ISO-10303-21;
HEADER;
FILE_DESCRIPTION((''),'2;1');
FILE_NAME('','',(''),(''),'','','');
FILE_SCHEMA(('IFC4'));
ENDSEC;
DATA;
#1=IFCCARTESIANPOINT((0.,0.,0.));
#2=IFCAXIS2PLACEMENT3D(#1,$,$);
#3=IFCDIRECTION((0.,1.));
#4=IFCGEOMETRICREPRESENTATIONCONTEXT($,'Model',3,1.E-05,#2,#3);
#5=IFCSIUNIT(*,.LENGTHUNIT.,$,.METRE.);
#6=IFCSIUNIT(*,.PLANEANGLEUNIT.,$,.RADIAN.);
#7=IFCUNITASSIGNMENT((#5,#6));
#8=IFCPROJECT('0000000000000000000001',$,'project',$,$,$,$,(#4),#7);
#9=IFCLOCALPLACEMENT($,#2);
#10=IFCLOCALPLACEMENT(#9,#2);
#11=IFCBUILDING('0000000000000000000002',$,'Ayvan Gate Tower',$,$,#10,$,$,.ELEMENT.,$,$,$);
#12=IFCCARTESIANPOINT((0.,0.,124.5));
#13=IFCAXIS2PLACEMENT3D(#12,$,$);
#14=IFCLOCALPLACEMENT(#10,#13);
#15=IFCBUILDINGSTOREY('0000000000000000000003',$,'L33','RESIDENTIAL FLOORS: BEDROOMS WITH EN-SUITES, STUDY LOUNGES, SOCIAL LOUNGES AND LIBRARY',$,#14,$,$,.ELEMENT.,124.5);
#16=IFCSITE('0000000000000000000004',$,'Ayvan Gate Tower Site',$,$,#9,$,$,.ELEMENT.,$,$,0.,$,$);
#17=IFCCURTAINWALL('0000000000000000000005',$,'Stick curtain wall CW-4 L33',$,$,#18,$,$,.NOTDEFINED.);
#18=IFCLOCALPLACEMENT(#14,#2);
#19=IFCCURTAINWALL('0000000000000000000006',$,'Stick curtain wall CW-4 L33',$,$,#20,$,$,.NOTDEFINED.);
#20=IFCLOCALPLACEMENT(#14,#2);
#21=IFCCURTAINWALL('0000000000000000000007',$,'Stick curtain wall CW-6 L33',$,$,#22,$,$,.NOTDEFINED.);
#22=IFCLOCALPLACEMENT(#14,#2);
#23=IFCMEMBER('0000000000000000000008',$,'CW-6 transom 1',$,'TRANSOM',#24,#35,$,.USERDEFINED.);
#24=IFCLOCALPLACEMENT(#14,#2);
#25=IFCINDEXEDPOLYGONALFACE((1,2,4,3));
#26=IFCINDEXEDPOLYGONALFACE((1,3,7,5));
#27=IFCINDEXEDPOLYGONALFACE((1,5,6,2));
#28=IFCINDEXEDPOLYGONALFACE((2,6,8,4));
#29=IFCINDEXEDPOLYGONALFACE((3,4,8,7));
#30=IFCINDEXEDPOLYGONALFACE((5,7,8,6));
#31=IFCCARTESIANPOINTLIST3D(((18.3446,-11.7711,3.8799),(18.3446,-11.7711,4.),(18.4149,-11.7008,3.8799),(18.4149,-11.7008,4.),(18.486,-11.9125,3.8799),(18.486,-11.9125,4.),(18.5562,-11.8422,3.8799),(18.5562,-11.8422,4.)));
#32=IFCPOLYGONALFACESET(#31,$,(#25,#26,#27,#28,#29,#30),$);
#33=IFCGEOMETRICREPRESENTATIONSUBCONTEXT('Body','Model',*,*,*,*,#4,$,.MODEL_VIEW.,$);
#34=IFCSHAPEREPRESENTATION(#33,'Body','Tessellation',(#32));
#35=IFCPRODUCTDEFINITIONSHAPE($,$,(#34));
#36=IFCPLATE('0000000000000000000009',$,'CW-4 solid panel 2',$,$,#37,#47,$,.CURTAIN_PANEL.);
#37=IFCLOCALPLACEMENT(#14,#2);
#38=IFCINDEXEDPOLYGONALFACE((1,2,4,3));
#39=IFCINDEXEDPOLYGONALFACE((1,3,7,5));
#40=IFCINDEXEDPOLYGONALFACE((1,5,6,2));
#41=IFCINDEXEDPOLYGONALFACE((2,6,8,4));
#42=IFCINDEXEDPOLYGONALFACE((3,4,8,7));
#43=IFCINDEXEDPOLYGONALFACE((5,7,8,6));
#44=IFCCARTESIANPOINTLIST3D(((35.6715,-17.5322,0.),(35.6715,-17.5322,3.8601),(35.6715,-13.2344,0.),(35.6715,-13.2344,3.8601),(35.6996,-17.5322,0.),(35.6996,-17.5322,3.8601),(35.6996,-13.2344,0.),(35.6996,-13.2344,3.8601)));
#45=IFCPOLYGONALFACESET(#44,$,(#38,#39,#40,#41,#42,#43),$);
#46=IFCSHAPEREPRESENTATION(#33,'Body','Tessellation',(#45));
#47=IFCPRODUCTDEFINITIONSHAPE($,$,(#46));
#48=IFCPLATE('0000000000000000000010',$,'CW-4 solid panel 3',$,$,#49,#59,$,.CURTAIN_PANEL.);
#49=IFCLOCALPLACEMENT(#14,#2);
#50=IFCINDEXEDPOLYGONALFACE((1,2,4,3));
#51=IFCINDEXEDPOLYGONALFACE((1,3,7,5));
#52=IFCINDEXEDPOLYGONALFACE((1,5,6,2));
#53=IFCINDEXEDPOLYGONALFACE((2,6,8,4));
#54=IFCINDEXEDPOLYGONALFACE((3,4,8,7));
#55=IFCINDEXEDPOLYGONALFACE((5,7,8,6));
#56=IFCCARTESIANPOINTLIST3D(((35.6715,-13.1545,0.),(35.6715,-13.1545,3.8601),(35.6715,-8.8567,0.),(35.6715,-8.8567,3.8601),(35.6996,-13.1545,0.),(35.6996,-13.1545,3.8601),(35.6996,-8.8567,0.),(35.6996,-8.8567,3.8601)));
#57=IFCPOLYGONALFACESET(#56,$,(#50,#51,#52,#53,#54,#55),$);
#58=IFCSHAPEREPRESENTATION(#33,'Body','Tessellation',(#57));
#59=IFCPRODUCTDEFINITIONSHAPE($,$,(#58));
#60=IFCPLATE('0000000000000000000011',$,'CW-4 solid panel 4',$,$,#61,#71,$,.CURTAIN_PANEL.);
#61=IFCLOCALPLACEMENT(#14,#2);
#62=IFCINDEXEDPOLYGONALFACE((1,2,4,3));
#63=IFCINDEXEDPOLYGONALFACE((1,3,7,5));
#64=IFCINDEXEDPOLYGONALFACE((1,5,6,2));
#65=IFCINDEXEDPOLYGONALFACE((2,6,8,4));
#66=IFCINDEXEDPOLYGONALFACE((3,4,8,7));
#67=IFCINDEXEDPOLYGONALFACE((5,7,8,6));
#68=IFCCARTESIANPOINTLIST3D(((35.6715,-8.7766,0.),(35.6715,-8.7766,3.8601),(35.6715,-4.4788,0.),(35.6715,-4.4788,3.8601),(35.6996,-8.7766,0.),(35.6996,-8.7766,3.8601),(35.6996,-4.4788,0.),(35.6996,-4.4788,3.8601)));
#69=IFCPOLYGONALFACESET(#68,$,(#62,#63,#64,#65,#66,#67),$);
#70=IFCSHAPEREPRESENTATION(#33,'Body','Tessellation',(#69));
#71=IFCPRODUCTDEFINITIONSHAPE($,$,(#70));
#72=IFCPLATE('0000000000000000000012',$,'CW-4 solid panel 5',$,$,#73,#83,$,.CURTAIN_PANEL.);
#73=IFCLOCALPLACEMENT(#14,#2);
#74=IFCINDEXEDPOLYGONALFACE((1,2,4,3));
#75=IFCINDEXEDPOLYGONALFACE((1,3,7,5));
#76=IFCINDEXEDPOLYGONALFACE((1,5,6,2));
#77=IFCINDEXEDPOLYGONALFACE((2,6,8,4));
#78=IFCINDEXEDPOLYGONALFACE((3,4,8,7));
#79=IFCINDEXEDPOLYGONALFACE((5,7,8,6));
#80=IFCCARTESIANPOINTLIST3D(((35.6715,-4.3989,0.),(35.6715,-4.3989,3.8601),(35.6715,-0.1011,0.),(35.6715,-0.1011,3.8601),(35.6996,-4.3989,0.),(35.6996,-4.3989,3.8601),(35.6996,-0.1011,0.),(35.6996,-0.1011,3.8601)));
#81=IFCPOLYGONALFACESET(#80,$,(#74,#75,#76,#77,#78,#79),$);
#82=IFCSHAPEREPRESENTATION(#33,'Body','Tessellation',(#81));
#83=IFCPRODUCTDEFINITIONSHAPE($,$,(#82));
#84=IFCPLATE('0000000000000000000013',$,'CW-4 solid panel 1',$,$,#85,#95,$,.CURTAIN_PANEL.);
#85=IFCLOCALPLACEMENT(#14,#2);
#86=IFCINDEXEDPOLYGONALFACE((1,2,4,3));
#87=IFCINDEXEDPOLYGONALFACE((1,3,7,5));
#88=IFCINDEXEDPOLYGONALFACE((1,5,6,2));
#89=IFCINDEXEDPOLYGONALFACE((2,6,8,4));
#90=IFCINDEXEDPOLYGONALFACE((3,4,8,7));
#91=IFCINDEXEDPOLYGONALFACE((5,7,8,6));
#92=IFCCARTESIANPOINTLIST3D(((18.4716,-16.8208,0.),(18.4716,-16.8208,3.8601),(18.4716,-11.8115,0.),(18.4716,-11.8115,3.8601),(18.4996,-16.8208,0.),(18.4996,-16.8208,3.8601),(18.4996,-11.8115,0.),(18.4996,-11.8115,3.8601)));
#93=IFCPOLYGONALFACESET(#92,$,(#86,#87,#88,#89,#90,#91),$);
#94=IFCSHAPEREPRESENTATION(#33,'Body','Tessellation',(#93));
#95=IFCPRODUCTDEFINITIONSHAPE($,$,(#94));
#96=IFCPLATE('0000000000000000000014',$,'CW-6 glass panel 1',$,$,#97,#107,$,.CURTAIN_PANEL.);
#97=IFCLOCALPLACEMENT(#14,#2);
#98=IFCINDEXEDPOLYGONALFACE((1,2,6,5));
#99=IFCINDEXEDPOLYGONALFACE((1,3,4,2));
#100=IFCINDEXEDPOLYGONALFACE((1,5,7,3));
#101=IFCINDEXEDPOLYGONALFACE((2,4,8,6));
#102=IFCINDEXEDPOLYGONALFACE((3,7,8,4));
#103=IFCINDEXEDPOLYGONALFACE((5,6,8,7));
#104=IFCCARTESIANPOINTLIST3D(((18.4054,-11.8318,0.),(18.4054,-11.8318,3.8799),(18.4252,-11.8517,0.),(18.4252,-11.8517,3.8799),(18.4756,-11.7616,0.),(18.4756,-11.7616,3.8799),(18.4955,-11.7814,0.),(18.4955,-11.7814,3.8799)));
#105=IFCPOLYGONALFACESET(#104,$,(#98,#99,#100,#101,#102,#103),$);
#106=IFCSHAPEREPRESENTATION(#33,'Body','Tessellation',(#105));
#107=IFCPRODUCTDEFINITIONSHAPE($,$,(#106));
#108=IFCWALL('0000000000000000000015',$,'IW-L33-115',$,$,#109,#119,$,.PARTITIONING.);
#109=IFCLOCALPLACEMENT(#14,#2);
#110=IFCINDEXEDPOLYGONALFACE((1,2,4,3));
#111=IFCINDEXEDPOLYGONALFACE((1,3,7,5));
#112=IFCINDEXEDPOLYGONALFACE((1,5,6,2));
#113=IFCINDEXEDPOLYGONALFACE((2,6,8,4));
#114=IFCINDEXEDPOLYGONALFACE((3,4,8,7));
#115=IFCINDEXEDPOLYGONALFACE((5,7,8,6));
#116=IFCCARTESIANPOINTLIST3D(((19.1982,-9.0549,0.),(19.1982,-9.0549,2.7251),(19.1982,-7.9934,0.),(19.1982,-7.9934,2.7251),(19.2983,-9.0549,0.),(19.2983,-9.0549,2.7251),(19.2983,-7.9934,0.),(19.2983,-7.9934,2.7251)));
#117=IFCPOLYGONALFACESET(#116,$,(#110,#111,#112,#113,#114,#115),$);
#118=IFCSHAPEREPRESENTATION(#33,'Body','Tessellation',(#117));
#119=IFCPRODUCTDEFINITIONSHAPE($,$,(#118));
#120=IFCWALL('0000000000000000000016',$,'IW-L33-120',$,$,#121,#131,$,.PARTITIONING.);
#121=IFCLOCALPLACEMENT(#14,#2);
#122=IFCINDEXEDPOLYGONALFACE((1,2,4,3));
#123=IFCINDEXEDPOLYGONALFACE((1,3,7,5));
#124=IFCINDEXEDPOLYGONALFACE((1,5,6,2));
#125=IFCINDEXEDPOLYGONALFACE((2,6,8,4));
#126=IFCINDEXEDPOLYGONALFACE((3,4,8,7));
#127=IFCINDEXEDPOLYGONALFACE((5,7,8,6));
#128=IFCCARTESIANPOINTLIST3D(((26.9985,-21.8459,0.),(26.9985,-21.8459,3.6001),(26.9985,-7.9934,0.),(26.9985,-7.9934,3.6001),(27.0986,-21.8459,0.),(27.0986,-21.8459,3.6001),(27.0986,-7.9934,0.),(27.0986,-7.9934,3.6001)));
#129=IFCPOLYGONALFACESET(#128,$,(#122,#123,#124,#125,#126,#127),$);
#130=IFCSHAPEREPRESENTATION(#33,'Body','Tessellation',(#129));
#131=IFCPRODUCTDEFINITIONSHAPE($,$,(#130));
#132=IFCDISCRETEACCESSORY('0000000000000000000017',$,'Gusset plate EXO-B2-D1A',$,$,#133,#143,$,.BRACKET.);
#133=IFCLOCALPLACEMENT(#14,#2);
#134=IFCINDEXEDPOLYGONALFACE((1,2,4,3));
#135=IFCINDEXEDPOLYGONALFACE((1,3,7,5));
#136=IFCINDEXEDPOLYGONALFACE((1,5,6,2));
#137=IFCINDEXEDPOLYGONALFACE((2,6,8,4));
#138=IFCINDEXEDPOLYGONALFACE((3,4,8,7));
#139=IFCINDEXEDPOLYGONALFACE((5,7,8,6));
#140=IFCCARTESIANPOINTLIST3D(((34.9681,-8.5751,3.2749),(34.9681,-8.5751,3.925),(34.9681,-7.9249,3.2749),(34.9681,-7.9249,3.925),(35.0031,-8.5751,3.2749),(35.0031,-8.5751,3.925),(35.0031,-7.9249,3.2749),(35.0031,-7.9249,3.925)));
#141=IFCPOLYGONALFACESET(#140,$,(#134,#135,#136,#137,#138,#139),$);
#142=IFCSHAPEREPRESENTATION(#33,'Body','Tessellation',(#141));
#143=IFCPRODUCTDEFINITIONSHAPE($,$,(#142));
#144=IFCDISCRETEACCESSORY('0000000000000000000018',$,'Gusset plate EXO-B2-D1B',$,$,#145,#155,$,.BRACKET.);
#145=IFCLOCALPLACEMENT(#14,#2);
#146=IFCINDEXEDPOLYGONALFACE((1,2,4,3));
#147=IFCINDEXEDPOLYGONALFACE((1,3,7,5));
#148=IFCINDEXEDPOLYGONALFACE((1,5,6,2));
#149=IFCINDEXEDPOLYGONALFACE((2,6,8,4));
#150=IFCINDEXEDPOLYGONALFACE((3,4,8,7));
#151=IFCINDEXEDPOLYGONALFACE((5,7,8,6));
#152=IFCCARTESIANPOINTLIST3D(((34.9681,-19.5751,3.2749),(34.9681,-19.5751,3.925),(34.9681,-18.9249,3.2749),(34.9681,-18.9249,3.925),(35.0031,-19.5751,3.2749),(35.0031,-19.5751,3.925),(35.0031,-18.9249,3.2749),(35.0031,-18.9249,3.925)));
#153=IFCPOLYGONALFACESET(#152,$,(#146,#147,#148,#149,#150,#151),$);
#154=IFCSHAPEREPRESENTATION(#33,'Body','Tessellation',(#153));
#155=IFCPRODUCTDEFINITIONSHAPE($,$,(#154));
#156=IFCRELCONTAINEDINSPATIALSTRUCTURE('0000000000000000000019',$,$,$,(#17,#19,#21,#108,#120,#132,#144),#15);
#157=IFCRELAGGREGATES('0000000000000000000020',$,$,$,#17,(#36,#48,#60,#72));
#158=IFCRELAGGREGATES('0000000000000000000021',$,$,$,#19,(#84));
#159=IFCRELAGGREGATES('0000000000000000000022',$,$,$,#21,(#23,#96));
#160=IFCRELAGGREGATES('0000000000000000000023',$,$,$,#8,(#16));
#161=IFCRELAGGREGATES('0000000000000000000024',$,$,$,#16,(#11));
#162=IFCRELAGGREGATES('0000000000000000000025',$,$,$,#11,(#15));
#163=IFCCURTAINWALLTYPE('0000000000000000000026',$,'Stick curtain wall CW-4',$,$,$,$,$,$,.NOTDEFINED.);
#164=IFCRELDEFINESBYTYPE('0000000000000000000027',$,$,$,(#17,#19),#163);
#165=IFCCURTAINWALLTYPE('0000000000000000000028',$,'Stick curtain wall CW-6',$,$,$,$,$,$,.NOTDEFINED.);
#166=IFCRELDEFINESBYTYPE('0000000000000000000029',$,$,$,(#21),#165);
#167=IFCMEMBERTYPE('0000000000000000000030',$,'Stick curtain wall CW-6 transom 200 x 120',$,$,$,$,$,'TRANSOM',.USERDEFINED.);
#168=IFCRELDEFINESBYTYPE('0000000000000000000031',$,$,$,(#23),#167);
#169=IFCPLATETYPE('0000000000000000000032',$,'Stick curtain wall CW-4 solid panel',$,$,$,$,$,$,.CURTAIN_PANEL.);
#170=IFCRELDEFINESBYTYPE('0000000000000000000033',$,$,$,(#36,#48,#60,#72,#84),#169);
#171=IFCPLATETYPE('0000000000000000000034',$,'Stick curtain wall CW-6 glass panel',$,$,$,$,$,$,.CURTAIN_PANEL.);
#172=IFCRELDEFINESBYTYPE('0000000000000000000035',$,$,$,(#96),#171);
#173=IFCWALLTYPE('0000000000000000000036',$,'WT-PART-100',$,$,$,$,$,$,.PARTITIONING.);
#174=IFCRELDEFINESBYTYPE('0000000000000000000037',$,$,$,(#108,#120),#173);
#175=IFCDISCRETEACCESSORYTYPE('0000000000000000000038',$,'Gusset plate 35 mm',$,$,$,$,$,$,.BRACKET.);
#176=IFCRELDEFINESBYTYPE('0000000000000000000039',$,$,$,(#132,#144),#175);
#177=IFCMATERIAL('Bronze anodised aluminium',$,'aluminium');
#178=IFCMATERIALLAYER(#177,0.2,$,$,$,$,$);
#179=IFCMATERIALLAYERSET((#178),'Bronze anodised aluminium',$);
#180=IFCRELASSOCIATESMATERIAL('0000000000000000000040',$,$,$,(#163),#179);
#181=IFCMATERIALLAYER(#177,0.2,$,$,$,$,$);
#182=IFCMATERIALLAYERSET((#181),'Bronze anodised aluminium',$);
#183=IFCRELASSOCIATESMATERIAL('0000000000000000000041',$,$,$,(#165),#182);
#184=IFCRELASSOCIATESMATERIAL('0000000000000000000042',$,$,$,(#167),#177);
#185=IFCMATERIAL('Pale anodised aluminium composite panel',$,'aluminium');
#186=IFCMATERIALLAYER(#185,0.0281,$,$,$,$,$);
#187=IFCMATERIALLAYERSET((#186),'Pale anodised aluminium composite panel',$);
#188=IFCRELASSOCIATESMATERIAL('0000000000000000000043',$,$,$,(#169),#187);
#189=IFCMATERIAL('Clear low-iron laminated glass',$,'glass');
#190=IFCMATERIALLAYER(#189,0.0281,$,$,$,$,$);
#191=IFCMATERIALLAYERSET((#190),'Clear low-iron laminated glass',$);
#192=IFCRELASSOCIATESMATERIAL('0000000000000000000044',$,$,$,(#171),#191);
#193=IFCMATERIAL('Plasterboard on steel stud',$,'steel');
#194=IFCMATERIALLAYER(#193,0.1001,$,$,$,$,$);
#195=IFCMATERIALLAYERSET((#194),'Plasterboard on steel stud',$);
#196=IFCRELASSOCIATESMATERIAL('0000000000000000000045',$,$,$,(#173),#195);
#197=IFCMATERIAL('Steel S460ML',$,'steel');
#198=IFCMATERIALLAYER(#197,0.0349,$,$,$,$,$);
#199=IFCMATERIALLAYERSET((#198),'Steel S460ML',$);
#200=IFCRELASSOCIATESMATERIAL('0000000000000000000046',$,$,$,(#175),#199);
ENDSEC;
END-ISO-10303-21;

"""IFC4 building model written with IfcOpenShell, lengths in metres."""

from ifc_helpers import new_model, si_unit, direction, frame, frame_2d, origin, origin_2d, place, context, subcontext, project, spatial, rectangle, extrude, material, layer, layer_set, material_profile, profile_set, type_object, element, aggregate, save


model = new_model("IFC4")

# Units and contexts
model_context = context("Model", 3, precision=1e-05, world=origin(), true_north=direction((0.0, 1.0)))
body_context = subcontext(model_context, "Body", "Model", "MODEL_VIEW")
ifc_project = project(units=[si_unit("LENGTHUNIT", "METRE"), si_unit("PLANEANGLEUNIT", "RADIAN")], contexts=[model_context])

# Site, building, storey
site_placement = place(None, origin())
site = spatial("IfcSite", under=ifc_project, at=site_placement, Name="Ayvan Gate Tower Site", CompositionType="ELEMENT", RefElevation=0.0)
building_placement = place(site_placement, origin())
building = spatial("IfcBuilding", under=site, at=building_placement, Name="Ayvan Gate Tower", CompositionType="ELEMENT")
storey_placement = place(building_placement, frame((0.0, 0.0, 124.5)))
storey = spatial("IfcBuildingStorey", under=building, at=storey_placement, Name="L33", Description="RESIDENTIAL FLOORS: BEDROOMS WITH EN-SUITES, STUDY LOUNGES, SOCIAL LOUNGES AND LIBRARY", CompositionType="ELEMENT", Elevation=124.5)

# Curtain walls
ifc_material_1 = material(Name="Bronze anodised aluminium", Category="aluminium")
ifc_layer_1 = layer(ifc_material_1, 0.2)
ifc_layer_set_1 = layer_set([ifc_layer_1], Name="Bronze anodised aluminium")
curtain_wall_type_1 = type_object("IfcCurtainWallType", Name="Stick curtain wall CW-4", PredefinedType="NOTDEFINED", material=ifc_layer_set_1)
curtain_wall_1_placement = place(storey_placement, origin())
curtain_wall_1 = element("IfcCurtainWall", 1, at=curtain_wall_1_placement, inside=storey, type_object=curtain_wall_type_1, Name="Stick curtain wall CW-4 L33", PredefinedType="NOTDEFINED")
curtain_wall_2_placement = place(storey_placement, origin())
curtain_wall_2 = element("IfcCurtainWall", 2, at=curtain_wall_2_placement, inside=storey, type_object=curtain_wall_type_1, Name="Stick curtain wall CW-4 L33", PredefinedType="NOTDEFINED")

# Curtain wall, member
ifc_layer_2 = layer(ifc_material_1, 0.2)
ifc_layer_set_2 = layer_set([ifc_layer_2], Name="Bronze anodised aluminium")
curtain_wall_type_2 = type_object("IfcCurtainWallType", Name="Stick curtain wall CW-6", PredefinedType="NOTDEFINED", material=ifc_layer_set_2)
curtain_wall_3_placement = place(storey_placement, origin())
curtain_wall_3 = element("IfcCurtainWall", 3, at=curtain_wall_3_placement, inside=storey, type_object=curtain_wall_type_2, Name="Stick curtain wall CW-6 L33", PredefinedType="NOTDEFINED")
ifc_material_profile_1 = material_profile(ifc_material_1, rectangle(XDim=0.2, YDim=0.1201, at=origin_2d()), Name="Stick curtain wall CW-6 transom 200 x 120")
ifc_profile_set_1 = profile_set([ifc_material_profile_1], Name="Bronze anodised aluminium")
member_type_1 = type_object("IfcMemberType", Name="Stick curtain wall CW-6 transom 200 x 120", ElementType="TRANSOM", PredefinedType="USERDEFINED", material=ifc_profile_set_1)
member_1_placement = place(storey_placement, frame((18.4153, -11.8418, 3.9399), z_axis=(0.707107, 0.707107, 0.0), x_axis=(-0.707107, 0.707107, 0.0)))
member_1 = element("IfcMember", 4, at=member_1_placement, type_object=member_type_1, Name="CW-6 transom 1", ObjectType="TRANSOM", PredefinedType="USERDEFINED", context=body_context, shape_type="SweptSolid", body=[
    extrude(rectangle(XDim=0.2, YDim=0.1201, at=origin_2d()), origin(), (0.0, 0.0, 1.0), 0.0994),
])

# Plates
ifc_material_2 = material(Name="Pale anodised aluminium composite panel", Category="aluminium")
ifc_layer_3 = layer(ifc_material_2, 0.0281)
ifc_layer_set_3 = layer_set([ifc_layer_3], Name="Pale anodised aluminium composite panel")
plate_type_1 = type_object("IfcPlateType", Name="Stick curtain wall CW-4 solid panel", PredefinedType="CURTAIN_PANEL", material=ifc_layer_set_3)
plate_1_placement = place(storey_placement, frame((35.6855, -15.3833, 0.0), z_axis=(0.0, 0.0, 1.0), x_axis=(0.0, 1.0, 0.0)))
plate_1 = element("IfcPlate", 5, at=plate_1_placement, type_object=plate_type_1, Name="CW-4 solid panel 2", PredefinedType="CURTAIN_PANEL", context=body_context, shape_type="SweptSolid", body=[
    extrude(rectangle(XDim=4.2979, YDim=0.0281, at=origin_2d()), origin(), (0.0, 0.0, 1.0), 3.8601),
])
plate_2_placement = place(storey_placement, frame((35.6855, -11.0056, 0.0), z_axis=(0.0, 0.0, 1.0), x_axis=(0.0, 1.0, 0.0)))
plate_2 = element("IfcPlate", 6, at=plate_2_placement, type_object=plate_type_1, Name="CW-4 solid panel 3", PredefinedType="CURTAIN_PANEL", context=body_context, shape_type="SweptSolid", body=[
    extrude(rectangle(XDim=4.2979, YDim=0.0281, at=origin_2d()), origin(), (0.0, 0.0, 1.0), 3.8601),
])
plate_3_placement = place(storey_placement, frame((35.6855, -6.6277, 0.0), z_axis=(0.0, 0.0, 1.0), x_axis=(0.0, 1.0, 0.0)))
plate_3 = element("IfcPlate", 7, at=plate_3_placement, type_object=plate_type_1, Name="CW-4 solid panel 4", PredefinedType="CURTAIN_PANEL", context=body_context, shape_type="SweptSolid", body=[
    extrude(rectangle(XDim=4.2979, YDim=0.0281, at=origin_2d()), origin(), (0.0, 0.0, 1.0), 3.8601),
])
plate_4_placement = place(storey_placement, frame((35.6855, -2.25, 0.0), z_axis=(0.0, 0.0, 1.0), x_axis=(0.0, 1.0, 0.0)))
plate_4 = element("IfcPlate", 8, at=plate_4_placement, type_object=plate_type_1, Name="CW-4 solid panel 5", PredefinedType="CURTAIN_PANEL", context=body_context, shape_type="SweptSolid", body=[
    extrude(rectangle(XDim=4.2979, YDim=0.0281, at=origin_2d()), origin(), (0.0, 0.0, 1.0), 3.8601),
])
aggregate(curtain_wall_1, [plate_1, plate_2, plate_3, plate_4])
plate_5_placement = place(storey_placement, frame((18.4856, -14.3162, 0.0), z_axis=(0.0, 0.0, 1.0), x_axis=(0.0, -1.0, 0.0)))
plate_5 = element("IfcPlate", 9, at=plate_5_placement, type_object=plate_type_1, Name="CW-4 solid panel 1", PredefinedType="CURTAIN_PANEL", context=body_context, shape_type="SweptSolid", body=[
    extrude(rectangle(XDim=5.0093, YDim=0.0281, at=origin_2d()), origin(), (0.0, 0.0, 1.0), 3.8601),
])
aggregate(curtain_wall_2, [plate_5])
ifc_material_3 = material(Name="Clear low-iron laminated glass", Category="glass")
ifc_layer_4 = layer(ifc_material_3, 0.0281)
ifc_layer_set_4 = layer_set([ifc_layer_4], Name="Clear low-iron laminated glass")
plate_type_2 = type_object("IfcPlateType", Name="Stick curtain wall CW-6 glass panel", PredefinedType="CURTAIN_PANEL", material=ifc_layer_set_4)
plate_6_placement = place(storey_placement, frame((18.4504, -11.8066, 0.0), z_axis=(0.0, 0.0, 1.0), x_axis=(0.707107, 0.707107, 0.0)))
plate_6 = element("IfcPlate", 10, at=plate_6_placement, type_object=plate_type_2, Name="CW-6 glass panel 1", PredefinedType="CURTAIN_PANEL", context=body_context, shape_type="SweptSolid", body=[
    extrude(rectangle(XDim=0.0994, YDim=0.0281, at=origin_2d()), origin(), (0.0, 0.0, 1.0), 3.8799),
])
aggregate(curtain_wall_3, [member_1, plate_6])

# Walls
ifc_material_4 = material(Name="Plasterboard on steel stud", Category="steel")
ifc_layer_5 = layer(ifc_material_4, 0.1001)
ifc_layer_set_5 = layer_set([ifc_layer_5], Name="Plasterboard on steel stud")
wall_type = type_object("IfcWallType", Name="WT-PART-100", PredefinedType="PARTITIONING", material=ifc_layer_set_5)
wall_1_placement = place(storey_placement, frame((19.2483, -7.9934, 0.0), z_axis=(0.0, 0.0, 1.0), x_axis=(0.0, -1.0, 0.0)))
element("IfcWall", 11, at=wall_1_placement, inside=storey, type_object=wall_type, Name="IW-L33-115", PredefinedType="PARTITIONING", context=body_context, shape_type="SweptSolid", body=[
    extrude(rectangle(XDim=1.0615, YDim=0.1001, at=frame_2d((0.5308, 0.0))), origin(), (0.0, 0.0, 1.0), 2.7251),
])
wall_2_placement = place(storey_placement, frame((27.0486, -7.9934, 0.0), z_axis=(0.0, 0.0, 1.0), x_axis=(0.0, -1.0, 0.0)))
element("IfcWall", 12, at=wall_2_placement, inside=storey, type_object=wall_type, Name="IW-L33-120", PredefinedType="PARTITIONING", context=body_context, shape_type="SweptSolid", body=[
    extrude(rectangle(XDim=13.8525, YDim=0.1001, at=frame_2d((6.9263, 0.0))), origin(), (0.0, 0.0, 1.0), 3.6001),
])

# Discrete accessories
ifc_material_5 = material(Name="Steel S460ML", Category="steel")
ifc_layer_6 = layer(ifc_material_5, 0.0349)
ifc_layer_set_6 = layer_set([ifc_layer_6], Name="Steel S460ML")
discrete_accessory_type = type_object("IfcDiscreteAccessoryType", Name="Gusset plate 35 mm", PredefinedType="BRACKET", material=ifc_layer_set_6)
for number, where, z_axis, x_axis, name in (
    (13, (34.9856, -8.25, 3.2749), (0.0, 0.0, 1.0), (0.0, 1.0, 0.0), "Gusset plate EXO-B2-D1A"),
    (14, (34.9856, -19.25, 3.2749), (0.0, 0.0, 1.0), (0.0, 1.0, 0.0), "Gusset plate EXO-B2-D1B"),
):
    element("IfcDiscreteAccessory", number, at=place(storey_placement, frame(where, z_axis=z_axis, x_axis=x_axis)), inside=storey, type_object=discrete_accessory_type, Name=name, PredefinedType="BRACKET", context=body_context, shape_type="SweptSolid", body=[
        extrude(rectangle(XDim=0.6501, YDim=0.0349, at=origin_2d()), origin(), (0.0, 0.0, 1.0), 0.6501),
    ])

save(model, "model.ifc")
